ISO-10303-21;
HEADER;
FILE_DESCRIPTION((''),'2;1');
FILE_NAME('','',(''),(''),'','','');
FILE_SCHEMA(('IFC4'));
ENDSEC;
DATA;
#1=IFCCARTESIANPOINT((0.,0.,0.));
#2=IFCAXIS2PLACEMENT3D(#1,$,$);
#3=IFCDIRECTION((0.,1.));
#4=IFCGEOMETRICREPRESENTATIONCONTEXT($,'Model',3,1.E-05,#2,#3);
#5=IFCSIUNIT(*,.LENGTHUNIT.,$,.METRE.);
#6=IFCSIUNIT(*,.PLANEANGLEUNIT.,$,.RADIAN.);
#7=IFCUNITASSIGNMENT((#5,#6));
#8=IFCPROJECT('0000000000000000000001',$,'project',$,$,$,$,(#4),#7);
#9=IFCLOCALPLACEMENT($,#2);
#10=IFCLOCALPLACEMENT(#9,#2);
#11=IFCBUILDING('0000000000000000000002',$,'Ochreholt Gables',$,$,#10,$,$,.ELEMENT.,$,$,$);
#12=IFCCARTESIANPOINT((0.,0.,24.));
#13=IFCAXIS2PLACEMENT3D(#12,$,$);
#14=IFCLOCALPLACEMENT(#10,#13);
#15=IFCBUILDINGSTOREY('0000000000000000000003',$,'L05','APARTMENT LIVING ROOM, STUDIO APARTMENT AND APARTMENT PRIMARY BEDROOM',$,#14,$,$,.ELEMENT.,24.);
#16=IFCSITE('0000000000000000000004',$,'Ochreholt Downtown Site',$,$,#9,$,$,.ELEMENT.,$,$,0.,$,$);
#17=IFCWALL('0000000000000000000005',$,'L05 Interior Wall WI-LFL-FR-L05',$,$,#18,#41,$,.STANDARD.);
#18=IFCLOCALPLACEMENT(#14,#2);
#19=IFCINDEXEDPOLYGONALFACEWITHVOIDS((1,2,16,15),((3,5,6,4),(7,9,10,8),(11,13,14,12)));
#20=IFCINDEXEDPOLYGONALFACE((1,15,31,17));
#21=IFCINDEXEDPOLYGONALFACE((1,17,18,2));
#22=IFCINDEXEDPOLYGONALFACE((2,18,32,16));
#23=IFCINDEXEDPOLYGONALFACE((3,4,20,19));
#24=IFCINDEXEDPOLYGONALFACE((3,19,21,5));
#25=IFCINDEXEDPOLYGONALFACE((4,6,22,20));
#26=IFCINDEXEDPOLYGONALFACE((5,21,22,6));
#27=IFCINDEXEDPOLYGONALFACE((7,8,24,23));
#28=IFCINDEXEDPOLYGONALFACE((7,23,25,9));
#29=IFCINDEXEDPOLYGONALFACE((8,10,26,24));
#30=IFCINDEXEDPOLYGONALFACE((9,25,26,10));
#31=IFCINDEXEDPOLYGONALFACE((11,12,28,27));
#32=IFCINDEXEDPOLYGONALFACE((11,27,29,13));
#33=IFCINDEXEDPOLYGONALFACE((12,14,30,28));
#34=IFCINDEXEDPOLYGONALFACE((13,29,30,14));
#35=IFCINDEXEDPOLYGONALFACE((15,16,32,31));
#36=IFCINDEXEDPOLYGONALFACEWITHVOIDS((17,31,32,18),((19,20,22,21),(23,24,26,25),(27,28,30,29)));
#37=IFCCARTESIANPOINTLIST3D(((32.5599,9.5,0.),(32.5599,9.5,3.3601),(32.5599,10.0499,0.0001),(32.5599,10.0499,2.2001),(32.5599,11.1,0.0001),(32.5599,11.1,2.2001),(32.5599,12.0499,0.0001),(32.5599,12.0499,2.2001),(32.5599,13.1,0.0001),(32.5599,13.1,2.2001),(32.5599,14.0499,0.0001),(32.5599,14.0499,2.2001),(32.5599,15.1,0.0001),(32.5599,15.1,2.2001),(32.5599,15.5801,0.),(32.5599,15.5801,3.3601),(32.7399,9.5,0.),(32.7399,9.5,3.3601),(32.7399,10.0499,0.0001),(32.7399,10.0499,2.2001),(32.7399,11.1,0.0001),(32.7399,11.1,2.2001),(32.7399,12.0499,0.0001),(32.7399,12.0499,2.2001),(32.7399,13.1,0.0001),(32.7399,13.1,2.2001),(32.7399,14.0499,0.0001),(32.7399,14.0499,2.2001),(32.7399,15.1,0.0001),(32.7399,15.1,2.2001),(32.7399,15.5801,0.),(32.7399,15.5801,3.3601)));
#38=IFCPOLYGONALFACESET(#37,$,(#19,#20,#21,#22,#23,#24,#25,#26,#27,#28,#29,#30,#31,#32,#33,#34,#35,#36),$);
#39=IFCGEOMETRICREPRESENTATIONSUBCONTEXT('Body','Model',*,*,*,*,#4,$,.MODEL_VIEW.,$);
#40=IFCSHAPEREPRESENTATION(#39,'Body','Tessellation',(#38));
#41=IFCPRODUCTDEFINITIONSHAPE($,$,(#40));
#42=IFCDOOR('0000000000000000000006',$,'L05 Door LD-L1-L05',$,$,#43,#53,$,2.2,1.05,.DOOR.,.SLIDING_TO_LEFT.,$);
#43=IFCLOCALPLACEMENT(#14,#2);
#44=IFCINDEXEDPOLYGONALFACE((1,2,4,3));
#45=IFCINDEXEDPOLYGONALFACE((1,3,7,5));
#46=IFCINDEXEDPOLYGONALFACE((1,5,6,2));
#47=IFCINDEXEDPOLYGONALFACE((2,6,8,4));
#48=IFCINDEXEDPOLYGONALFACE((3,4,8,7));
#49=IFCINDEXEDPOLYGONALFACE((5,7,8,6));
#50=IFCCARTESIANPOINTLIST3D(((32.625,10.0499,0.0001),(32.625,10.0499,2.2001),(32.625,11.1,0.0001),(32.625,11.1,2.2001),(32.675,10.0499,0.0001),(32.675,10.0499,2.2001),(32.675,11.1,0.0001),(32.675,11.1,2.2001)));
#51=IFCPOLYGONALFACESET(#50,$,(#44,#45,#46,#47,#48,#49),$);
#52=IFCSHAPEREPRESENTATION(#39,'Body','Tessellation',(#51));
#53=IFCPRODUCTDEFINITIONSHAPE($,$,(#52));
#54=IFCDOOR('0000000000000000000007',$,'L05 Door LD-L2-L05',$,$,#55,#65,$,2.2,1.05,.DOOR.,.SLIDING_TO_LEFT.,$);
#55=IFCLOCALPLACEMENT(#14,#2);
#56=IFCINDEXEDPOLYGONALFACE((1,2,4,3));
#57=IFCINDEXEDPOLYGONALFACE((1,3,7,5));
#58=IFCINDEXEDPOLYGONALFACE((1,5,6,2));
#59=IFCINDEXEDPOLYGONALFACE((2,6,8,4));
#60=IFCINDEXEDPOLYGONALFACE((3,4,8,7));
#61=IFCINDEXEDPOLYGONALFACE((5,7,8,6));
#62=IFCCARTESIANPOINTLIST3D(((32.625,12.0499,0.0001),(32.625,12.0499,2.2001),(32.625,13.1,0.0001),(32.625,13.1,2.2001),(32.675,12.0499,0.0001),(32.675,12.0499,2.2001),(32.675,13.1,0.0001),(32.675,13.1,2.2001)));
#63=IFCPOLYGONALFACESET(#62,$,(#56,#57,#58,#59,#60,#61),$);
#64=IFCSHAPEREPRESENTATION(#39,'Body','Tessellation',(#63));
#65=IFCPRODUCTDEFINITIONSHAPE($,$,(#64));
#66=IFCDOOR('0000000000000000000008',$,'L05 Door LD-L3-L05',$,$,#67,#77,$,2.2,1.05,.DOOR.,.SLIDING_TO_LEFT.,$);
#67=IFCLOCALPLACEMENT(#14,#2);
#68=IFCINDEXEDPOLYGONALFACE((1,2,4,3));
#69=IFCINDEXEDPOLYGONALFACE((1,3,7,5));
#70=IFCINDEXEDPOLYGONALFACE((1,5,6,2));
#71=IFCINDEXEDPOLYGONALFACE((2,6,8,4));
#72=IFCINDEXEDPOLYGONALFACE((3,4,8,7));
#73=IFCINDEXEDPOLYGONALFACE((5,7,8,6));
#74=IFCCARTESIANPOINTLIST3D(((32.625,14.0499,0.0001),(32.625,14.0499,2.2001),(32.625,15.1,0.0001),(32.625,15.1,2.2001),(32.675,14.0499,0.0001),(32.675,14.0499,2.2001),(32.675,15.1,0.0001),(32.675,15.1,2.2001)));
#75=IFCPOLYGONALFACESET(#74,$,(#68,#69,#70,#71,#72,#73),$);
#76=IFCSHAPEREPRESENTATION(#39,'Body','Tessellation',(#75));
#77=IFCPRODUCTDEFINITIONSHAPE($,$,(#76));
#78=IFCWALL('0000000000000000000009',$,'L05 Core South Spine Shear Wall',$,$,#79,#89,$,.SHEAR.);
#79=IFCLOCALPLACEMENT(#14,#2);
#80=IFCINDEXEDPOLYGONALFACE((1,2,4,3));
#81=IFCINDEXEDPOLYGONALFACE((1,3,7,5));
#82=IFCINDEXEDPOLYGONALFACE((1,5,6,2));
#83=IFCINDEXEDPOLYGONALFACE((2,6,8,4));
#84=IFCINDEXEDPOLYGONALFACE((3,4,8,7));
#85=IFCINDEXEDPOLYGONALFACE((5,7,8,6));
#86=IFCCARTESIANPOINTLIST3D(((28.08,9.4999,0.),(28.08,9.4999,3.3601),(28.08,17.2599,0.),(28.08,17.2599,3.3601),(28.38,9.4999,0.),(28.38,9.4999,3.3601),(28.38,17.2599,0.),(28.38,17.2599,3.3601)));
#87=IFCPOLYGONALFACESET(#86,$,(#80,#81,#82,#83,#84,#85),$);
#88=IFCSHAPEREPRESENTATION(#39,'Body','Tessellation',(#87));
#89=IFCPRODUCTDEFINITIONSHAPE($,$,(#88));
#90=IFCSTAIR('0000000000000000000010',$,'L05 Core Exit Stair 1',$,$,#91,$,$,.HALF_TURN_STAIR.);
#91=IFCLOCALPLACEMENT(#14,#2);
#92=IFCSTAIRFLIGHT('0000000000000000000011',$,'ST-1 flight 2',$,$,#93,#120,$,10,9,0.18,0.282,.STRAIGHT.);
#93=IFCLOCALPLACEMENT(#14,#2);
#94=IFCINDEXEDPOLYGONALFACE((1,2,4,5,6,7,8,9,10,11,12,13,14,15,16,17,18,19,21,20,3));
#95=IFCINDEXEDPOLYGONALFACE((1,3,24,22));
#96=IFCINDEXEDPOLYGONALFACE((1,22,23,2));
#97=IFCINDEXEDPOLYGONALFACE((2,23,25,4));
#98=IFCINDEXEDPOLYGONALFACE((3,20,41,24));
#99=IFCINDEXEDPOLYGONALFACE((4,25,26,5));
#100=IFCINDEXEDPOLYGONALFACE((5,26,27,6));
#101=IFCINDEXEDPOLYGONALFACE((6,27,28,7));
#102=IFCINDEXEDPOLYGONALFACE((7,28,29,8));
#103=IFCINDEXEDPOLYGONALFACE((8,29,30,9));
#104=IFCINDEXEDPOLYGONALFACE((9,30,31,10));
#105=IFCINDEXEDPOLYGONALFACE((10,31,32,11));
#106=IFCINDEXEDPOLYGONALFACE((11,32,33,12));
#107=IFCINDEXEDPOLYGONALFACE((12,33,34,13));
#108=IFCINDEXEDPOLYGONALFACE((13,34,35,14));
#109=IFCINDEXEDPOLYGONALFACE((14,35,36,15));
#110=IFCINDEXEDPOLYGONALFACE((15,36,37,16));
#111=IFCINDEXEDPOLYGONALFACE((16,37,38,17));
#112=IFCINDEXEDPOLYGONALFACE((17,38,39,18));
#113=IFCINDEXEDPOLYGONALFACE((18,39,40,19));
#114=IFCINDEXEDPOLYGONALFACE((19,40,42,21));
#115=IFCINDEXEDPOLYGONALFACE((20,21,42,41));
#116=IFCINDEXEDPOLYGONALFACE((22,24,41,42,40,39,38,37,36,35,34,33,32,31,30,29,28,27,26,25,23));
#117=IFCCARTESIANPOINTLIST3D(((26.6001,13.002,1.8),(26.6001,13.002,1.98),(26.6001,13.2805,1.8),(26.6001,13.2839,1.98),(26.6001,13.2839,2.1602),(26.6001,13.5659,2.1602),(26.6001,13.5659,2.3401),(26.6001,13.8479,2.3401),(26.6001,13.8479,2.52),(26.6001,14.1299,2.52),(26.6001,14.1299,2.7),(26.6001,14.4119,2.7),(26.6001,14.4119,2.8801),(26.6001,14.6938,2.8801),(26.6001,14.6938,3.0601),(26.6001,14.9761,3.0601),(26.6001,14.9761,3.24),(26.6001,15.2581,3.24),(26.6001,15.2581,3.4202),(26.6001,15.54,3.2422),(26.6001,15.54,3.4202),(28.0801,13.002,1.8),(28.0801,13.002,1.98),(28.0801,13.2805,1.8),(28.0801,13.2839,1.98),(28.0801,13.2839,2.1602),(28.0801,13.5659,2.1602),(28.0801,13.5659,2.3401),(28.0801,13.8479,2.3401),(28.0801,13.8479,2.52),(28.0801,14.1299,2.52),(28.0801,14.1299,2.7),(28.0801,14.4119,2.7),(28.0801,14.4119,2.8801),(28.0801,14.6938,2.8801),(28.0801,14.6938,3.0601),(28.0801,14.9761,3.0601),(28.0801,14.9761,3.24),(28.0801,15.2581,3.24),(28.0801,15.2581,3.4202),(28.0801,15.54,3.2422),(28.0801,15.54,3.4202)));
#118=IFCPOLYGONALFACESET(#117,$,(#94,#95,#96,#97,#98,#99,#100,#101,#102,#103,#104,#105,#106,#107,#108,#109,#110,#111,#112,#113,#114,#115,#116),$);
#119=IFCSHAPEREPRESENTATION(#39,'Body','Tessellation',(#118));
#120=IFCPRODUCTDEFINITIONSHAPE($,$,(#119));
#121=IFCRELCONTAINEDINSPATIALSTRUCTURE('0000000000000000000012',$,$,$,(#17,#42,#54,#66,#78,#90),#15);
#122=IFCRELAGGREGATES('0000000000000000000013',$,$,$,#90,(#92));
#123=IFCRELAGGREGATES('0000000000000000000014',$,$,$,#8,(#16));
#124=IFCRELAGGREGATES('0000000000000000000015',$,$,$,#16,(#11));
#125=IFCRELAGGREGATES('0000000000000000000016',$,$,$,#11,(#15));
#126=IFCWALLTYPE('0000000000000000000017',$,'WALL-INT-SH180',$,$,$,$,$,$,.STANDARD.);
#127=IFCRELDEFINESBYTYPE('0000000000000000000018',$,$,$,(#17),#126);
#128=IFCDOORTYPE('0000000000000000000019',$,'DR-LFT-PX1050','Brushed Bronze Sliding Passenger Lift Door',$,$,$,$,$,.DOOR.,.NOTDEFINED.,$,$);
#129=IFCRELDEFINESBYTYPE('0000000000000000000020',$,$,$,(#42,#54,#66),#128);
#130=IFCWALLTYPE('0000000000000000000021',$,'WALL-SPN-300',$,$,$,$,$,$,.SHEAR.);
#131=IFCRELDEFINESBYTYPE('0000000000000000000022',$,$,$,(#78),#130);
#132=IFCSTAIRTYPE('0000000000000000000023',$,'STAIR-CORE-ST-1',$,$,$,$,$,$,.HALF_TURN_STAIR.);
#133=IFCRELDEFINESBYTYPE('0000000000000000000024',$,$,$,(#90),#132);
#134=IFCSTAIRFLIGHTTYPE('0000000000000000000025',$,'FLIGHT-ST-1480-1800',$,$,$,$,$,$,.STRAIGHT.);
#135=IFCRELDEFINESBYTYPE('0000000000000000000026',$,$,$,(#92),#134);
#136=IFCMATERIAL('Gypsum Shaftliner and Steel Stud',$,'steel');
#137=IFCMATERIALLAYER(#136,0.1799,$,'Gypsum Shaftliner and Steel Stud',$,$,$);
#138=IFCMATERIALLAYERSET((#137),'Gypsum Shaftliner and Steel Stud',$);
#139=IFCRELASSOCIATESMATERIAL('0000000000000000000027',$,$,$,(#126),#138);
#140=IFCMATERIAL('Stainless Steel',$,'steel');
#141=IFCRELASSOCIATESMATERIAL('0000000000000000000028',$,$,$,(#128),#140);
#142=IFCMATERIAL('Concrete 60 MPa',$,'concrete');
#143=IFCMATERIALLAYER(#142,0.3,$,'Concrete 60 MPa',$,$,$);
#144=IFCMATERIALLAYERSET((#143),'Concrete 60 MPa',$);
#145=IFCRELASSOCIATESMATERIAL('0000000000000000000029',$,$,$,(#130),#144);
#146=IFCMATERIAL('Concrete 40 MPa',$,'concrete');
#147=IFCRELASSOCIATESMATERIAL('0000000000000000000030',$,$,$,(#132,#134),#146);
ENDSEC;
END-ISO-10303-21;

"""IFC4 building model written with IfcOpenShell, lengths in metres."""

from ifc_helpers import new_model, si_unit, direction, frame, frame_2d, origin, place, context, subcontext, project, spatial, polyline, rectangle, outline, extrude, material, layer, layer_set, type_object, element, fill, aggregate, save


model = new_model("IFC4")

# Units and contexts
model_context = context("Model", 3, precision=1e-05, world=origin(), true_north=direction((0.0, 1.0)))
body_context = subcontext(model_context, "Body", "Model", "MODEL_VIEW")
ifc_project = project(units=[si_unit("LENGTHUNIT", "METRE"), si_unit("PLANEANGLEUNIT", "RADIAN")], contexts=[model_context])

# Site, building, storey
site_placement = place(None, origin())
site = spatial("IfcSite", under=ifc_project, at=site_placement, Name="Ochreholt Downtown Site", CompositionType="ELEMENT", RefElevation=0.0)
building_placement = place(site_placement, origin())
building = spatial("IfcBuilding", under=site, at=building_placement, Name="Ochreholt Gables", CompositionType="ELEMENT")
storey_placement = place(building_placement, frame((0.0, 0.0, 24.0)))
storey = spatial("IfcBuildingStorey", under=building, at=storey_placement, Name="L05", Description="APARTMENT LIVING ROOM, STUDIO APARTMENT AND APARTMENT PRIMARY BEDROOM", CompositionType="ELEMENT", Elevation=24.0)

# Shared definitions
ifc_material_1 = material(Name="Concrete 60 MPa", Category="concrete")

# Shared definitions
ifc_material_2 = material(Name="Gypsum Shaftliner and Steel Stud", Category="steel")

# Wall, openings, doors
ifc_layer_1 = layer(ifc_material_2, 0.1799, Name="Gypsum Shaftliner and Steel Stud")
ifc_layer_set_1 = layer_set([ifc_layer_1], Name="Gypsum Shaftliner and Steel Stud")
wall_type_1 = type_object("IfcWallType", Name="WALL-INT-SH180", PredefinedType="STANDARD", material=ifc_layer_set_1)
wall_1_placement = place(storey_placement, frame((32.6499, 9.5, 0.0), z_axis=(0.0, 0.0, 1.0), x_axis=(0.0, 1.0, 0.0)))
wall_1 = element("IfcWall", 1, at=wall_1_placement, inside=storey, type_object=wall_type_1, Name="L05 Interior Wall WI-LFL-FR-L05", PredefinedType="STANDARD", context=body_context, shape_type="SweptSolid", body=[
    extrude(rectangle(XDim=6.0801, YDim=0.1799, at=frame_2d((3.04, 0.0))), origin(), (0.0, 0.0, 1.0), 3.3601),
])
opening_1_placement = place(wall_1_placement, frame((0.55, 0.0, 0.0)))
opening_1 = element("IfcOpeningElement", 2, at=opening_1_placement, cuts=wall_1, PredefinedType="OPENING", context=body_context, shape_type="SweptSolid", body=[
    extrude(rectangle(XDim=1.05, YDim=2.2, at=frame_2d((0.5249, 1.1001))), frame((0.0, 0.0999, 0.0), z_axis=(0.0, -1.0, 0.0), x_axis=(1.0, 0.0, 0.0)), (0.0, 0.0, 1.0), 0.2),
])
opening_2_placement = place(wall_1_placement, frame((2.55, 0.0, 0.0)))
opening_2 = element("IfcOpeningElement", 3, at=opening_2_placement, cuts=wall_1, PredefinedType="OPENING", context=body_context, shape_type="SweptSolid", body=[
    extrude(rectangle(XDim=1.05, YDim=2.2, at=frame_2d((0.5249, 1.1001))), frame((0.0, 0.0999, 0.0), z_axis=(0.0, -1.0, 0.0), x_axis=(1.0, 0.0, 0.0)), (0.0, 0.0, 1.0), 0.2),
])
opening_3_placement = place(wall_1_placement, frame((4.55, 0.0, 0.0)))
opening_3 = element("IfcOpeningElement", 4, at=opening_3_placement, cuts=wall_1, PredefinedType="OPENING", context=body_context, shape_type="SweptSolid", body=[
    extrude(rectangle(XDim=1.05, YDim=2.2, at=frame_2d((0.5249, 1.1001))), frame((0.0, 0.0999, 0.0), z_axis=(0.0, -1.0, 0.0), x_axis=(1.0, 0.0, 0.0)), (0.0, 0.0, 1.0), 0.2),
])
ifc_material_3 = material(Name="Stainless Steel", Category="steel")
door_type_1 = type_object("IfcDoorType", Name="DR-LFT-PX1050", Description="Brushed Bronze Sliding Passenger Lift Door", OperationType="NOTDEFINED", PredefinedType="DOOR", material=ifc_material_3)
door_1_placement = place(opening_1_placement, origin())
door_1 = element("IfcDoor", 5, at=door_1_placement, inside=storey, type_object=door_type_1, Name="L05 Door LD-L1-L05", OperationType="SLIDING_TO_LEFT", OverallHeight=2.2, OverallWidth=1.05, PredefinedType="DOOR", context=body_context, shape_type="SweptSolid", body=[
    extrude(rectangle(XDim=1.05, YDim=2.2, at=frame_2d((0.5249, 1.1001))), frame((0.0, 0.0249, 0.0), z_axis=(0.0, -1.0, 0.0), x_axis=(1.0, 0.0, 0.0)), (0.0, 0.0, 1.0), 0.05),
])
fill(opening_1, door_1)
door_2_placement = place(opening_2_placement, origin())
door_2 = element("IfcDoor", 6, at=door_2_placement, inside=storey, type_object=door_type_1, Name="L05 Door LD-L2-L05", OperationType="SLIDING_TO_LEFT", OverallHeight=2.2, OverallWidth=1.05, PredefinedType="DOOR", context=body_context, shape_type="SweptSolid", body=[
    extrude(rectangle(XDim=1.05, YDim=2.2, at=frame_2d((0.5249, 1.1001))), frame((0.0, 0.0249, 0.0), z_axis=(0.0, -1.0, 0.0), x_axis=(1.0, 0.0, 0.0)), (0.0, 0.0, 1.0), 0.05),
])
fill(opening_2, door_2)
door_3_placement = place(opening_3_placement, origin())
door_3 = element("IfcDoor", 7, at=door_3_placement, inside=storey, type_object=door_type_1, Name="L05 Door LD-L3-L05", OperationType="SLIDING_TO_LEFT", OverallHeight=2.2, OverallWidth=1.05, PredefinedType="DOOR", context=body_context, shape_type="SweptSolid", body=[
    extrude(rectangle(XDim=1.05, YDim=2.2, at=frame_2d((0.5249, 1.1001))), frame((0.0, 0.0249, 0.0), z_axis=(0.0, -1.0, 0.0), x_axis=(1.0, 0.0, 0.0)), (0.0, 0.0, 1.0), 0.05),
])
fill(opening_3, door_3)

# Wall
ifc_layer_2 = layer(ifc_material_1, 0.3, Name="Concrete 60 MPa")
ifc_layer_set_2 = layer_set([ifc_layer_2], Name="Concrete 60 MPa")
wall_type_2 = type_object("IfcWallType", Name="WALL-SPN-300", PredefinedType="SHEAR", material=ifc_layer_set_2)
wall_2_placement = place(storey_placement, frame((28.23, 9.5, 0.0), z_axis=(0.0, 0.0, 1.0), x_axis=(0.0, 1.0, 0.0)))
element("IfcWall", 8, at=wall_2_placement, inside=storey, type_object=wall_type_2, Name="L05 Core South Spine Shear Wall", PredefinedType="SHEAR", context=body_context, shape_type="SweptSolid", body=[
    extrude(rectangle(XDim=7.76, YDim=0.3, at=frame_2d((3.8799, 0.0))), origin(), (0.0, 0.0, 1.0), 3.3601),
])

# Stair, stair flight
ifc_material_4 = material(Name="Concrete 40 MPa", Category="concrete")
stair_type = type_object("IfcStairType", Name="STAIR-CORE-ST-1", PredefinedType="HALF_TURN_STAIR", material=ifc_material_4)
stair_placement = place(storey_placement, origin())
stair = element("IfcStair", 9, at=stair_placement, inside=storey, type_object=stair_type, Name="L05 Core Exit Stair 1", PredefinedType="HALF_TURN_STAIR")
stair_flight_type = type_object("IfcStairFlightType", Name="FLIGHT-ST-1480-1800", PredefinedType="STRAIGHT", material=ifc_material_4)
stair_flight_placement = place(storey_placement, frame((27.3401, 13.002, 1.8), z_axis=(0.0, 0.0, 1.0), x_axis=(0.0, 1.0, 0.0)))
stair_flight = element("IfcStairFlight", 10, at=stair_flight_placement, type_object=stair_flight_type, Name="ST-1 flight 2", NumberOfRisers=10, NumberOfTreads=9, PredefinedType="STRAIGHT", RiserHeight=0.18, TreadLength=0.282, context=body_context, shape_type="SweptSolid", body=[
    extrude(outline(polyline([(0.0, 0.0), (0.0, 0.1799), (0.282, 0.1799), (0.282, 0.3601), (0.564, 0.3601), (0.564, 0.54), (0.8459, 0.54), (0.8459, 0.72), (1.1279, 0.72), (1.1279, 0.8999), (1.4099, 0.8999), (1.4099, 1.0801), (1.6919, 1.0801), (1.6919, 1.26), (1.9741, 1.26), (1.9741, 1.4399), (2.2561, 1.4399), (2.2561, 1.6201), (2.5381, 1.6201), (2.5381, 1.8), (2.5381, 1.4421), (0.2786, 0.0), (0.0, 0.0)])), frame((0.0, 0.74, 0.0), z_axis=(0.0, -1.0, 0.0), x_axis=(1.0, 0.0, 0.0)), (0.0, 0.0, 1.0), 1.48),
])
aggregate(stair, [stair_flight])

save(model, "model.ifc")
